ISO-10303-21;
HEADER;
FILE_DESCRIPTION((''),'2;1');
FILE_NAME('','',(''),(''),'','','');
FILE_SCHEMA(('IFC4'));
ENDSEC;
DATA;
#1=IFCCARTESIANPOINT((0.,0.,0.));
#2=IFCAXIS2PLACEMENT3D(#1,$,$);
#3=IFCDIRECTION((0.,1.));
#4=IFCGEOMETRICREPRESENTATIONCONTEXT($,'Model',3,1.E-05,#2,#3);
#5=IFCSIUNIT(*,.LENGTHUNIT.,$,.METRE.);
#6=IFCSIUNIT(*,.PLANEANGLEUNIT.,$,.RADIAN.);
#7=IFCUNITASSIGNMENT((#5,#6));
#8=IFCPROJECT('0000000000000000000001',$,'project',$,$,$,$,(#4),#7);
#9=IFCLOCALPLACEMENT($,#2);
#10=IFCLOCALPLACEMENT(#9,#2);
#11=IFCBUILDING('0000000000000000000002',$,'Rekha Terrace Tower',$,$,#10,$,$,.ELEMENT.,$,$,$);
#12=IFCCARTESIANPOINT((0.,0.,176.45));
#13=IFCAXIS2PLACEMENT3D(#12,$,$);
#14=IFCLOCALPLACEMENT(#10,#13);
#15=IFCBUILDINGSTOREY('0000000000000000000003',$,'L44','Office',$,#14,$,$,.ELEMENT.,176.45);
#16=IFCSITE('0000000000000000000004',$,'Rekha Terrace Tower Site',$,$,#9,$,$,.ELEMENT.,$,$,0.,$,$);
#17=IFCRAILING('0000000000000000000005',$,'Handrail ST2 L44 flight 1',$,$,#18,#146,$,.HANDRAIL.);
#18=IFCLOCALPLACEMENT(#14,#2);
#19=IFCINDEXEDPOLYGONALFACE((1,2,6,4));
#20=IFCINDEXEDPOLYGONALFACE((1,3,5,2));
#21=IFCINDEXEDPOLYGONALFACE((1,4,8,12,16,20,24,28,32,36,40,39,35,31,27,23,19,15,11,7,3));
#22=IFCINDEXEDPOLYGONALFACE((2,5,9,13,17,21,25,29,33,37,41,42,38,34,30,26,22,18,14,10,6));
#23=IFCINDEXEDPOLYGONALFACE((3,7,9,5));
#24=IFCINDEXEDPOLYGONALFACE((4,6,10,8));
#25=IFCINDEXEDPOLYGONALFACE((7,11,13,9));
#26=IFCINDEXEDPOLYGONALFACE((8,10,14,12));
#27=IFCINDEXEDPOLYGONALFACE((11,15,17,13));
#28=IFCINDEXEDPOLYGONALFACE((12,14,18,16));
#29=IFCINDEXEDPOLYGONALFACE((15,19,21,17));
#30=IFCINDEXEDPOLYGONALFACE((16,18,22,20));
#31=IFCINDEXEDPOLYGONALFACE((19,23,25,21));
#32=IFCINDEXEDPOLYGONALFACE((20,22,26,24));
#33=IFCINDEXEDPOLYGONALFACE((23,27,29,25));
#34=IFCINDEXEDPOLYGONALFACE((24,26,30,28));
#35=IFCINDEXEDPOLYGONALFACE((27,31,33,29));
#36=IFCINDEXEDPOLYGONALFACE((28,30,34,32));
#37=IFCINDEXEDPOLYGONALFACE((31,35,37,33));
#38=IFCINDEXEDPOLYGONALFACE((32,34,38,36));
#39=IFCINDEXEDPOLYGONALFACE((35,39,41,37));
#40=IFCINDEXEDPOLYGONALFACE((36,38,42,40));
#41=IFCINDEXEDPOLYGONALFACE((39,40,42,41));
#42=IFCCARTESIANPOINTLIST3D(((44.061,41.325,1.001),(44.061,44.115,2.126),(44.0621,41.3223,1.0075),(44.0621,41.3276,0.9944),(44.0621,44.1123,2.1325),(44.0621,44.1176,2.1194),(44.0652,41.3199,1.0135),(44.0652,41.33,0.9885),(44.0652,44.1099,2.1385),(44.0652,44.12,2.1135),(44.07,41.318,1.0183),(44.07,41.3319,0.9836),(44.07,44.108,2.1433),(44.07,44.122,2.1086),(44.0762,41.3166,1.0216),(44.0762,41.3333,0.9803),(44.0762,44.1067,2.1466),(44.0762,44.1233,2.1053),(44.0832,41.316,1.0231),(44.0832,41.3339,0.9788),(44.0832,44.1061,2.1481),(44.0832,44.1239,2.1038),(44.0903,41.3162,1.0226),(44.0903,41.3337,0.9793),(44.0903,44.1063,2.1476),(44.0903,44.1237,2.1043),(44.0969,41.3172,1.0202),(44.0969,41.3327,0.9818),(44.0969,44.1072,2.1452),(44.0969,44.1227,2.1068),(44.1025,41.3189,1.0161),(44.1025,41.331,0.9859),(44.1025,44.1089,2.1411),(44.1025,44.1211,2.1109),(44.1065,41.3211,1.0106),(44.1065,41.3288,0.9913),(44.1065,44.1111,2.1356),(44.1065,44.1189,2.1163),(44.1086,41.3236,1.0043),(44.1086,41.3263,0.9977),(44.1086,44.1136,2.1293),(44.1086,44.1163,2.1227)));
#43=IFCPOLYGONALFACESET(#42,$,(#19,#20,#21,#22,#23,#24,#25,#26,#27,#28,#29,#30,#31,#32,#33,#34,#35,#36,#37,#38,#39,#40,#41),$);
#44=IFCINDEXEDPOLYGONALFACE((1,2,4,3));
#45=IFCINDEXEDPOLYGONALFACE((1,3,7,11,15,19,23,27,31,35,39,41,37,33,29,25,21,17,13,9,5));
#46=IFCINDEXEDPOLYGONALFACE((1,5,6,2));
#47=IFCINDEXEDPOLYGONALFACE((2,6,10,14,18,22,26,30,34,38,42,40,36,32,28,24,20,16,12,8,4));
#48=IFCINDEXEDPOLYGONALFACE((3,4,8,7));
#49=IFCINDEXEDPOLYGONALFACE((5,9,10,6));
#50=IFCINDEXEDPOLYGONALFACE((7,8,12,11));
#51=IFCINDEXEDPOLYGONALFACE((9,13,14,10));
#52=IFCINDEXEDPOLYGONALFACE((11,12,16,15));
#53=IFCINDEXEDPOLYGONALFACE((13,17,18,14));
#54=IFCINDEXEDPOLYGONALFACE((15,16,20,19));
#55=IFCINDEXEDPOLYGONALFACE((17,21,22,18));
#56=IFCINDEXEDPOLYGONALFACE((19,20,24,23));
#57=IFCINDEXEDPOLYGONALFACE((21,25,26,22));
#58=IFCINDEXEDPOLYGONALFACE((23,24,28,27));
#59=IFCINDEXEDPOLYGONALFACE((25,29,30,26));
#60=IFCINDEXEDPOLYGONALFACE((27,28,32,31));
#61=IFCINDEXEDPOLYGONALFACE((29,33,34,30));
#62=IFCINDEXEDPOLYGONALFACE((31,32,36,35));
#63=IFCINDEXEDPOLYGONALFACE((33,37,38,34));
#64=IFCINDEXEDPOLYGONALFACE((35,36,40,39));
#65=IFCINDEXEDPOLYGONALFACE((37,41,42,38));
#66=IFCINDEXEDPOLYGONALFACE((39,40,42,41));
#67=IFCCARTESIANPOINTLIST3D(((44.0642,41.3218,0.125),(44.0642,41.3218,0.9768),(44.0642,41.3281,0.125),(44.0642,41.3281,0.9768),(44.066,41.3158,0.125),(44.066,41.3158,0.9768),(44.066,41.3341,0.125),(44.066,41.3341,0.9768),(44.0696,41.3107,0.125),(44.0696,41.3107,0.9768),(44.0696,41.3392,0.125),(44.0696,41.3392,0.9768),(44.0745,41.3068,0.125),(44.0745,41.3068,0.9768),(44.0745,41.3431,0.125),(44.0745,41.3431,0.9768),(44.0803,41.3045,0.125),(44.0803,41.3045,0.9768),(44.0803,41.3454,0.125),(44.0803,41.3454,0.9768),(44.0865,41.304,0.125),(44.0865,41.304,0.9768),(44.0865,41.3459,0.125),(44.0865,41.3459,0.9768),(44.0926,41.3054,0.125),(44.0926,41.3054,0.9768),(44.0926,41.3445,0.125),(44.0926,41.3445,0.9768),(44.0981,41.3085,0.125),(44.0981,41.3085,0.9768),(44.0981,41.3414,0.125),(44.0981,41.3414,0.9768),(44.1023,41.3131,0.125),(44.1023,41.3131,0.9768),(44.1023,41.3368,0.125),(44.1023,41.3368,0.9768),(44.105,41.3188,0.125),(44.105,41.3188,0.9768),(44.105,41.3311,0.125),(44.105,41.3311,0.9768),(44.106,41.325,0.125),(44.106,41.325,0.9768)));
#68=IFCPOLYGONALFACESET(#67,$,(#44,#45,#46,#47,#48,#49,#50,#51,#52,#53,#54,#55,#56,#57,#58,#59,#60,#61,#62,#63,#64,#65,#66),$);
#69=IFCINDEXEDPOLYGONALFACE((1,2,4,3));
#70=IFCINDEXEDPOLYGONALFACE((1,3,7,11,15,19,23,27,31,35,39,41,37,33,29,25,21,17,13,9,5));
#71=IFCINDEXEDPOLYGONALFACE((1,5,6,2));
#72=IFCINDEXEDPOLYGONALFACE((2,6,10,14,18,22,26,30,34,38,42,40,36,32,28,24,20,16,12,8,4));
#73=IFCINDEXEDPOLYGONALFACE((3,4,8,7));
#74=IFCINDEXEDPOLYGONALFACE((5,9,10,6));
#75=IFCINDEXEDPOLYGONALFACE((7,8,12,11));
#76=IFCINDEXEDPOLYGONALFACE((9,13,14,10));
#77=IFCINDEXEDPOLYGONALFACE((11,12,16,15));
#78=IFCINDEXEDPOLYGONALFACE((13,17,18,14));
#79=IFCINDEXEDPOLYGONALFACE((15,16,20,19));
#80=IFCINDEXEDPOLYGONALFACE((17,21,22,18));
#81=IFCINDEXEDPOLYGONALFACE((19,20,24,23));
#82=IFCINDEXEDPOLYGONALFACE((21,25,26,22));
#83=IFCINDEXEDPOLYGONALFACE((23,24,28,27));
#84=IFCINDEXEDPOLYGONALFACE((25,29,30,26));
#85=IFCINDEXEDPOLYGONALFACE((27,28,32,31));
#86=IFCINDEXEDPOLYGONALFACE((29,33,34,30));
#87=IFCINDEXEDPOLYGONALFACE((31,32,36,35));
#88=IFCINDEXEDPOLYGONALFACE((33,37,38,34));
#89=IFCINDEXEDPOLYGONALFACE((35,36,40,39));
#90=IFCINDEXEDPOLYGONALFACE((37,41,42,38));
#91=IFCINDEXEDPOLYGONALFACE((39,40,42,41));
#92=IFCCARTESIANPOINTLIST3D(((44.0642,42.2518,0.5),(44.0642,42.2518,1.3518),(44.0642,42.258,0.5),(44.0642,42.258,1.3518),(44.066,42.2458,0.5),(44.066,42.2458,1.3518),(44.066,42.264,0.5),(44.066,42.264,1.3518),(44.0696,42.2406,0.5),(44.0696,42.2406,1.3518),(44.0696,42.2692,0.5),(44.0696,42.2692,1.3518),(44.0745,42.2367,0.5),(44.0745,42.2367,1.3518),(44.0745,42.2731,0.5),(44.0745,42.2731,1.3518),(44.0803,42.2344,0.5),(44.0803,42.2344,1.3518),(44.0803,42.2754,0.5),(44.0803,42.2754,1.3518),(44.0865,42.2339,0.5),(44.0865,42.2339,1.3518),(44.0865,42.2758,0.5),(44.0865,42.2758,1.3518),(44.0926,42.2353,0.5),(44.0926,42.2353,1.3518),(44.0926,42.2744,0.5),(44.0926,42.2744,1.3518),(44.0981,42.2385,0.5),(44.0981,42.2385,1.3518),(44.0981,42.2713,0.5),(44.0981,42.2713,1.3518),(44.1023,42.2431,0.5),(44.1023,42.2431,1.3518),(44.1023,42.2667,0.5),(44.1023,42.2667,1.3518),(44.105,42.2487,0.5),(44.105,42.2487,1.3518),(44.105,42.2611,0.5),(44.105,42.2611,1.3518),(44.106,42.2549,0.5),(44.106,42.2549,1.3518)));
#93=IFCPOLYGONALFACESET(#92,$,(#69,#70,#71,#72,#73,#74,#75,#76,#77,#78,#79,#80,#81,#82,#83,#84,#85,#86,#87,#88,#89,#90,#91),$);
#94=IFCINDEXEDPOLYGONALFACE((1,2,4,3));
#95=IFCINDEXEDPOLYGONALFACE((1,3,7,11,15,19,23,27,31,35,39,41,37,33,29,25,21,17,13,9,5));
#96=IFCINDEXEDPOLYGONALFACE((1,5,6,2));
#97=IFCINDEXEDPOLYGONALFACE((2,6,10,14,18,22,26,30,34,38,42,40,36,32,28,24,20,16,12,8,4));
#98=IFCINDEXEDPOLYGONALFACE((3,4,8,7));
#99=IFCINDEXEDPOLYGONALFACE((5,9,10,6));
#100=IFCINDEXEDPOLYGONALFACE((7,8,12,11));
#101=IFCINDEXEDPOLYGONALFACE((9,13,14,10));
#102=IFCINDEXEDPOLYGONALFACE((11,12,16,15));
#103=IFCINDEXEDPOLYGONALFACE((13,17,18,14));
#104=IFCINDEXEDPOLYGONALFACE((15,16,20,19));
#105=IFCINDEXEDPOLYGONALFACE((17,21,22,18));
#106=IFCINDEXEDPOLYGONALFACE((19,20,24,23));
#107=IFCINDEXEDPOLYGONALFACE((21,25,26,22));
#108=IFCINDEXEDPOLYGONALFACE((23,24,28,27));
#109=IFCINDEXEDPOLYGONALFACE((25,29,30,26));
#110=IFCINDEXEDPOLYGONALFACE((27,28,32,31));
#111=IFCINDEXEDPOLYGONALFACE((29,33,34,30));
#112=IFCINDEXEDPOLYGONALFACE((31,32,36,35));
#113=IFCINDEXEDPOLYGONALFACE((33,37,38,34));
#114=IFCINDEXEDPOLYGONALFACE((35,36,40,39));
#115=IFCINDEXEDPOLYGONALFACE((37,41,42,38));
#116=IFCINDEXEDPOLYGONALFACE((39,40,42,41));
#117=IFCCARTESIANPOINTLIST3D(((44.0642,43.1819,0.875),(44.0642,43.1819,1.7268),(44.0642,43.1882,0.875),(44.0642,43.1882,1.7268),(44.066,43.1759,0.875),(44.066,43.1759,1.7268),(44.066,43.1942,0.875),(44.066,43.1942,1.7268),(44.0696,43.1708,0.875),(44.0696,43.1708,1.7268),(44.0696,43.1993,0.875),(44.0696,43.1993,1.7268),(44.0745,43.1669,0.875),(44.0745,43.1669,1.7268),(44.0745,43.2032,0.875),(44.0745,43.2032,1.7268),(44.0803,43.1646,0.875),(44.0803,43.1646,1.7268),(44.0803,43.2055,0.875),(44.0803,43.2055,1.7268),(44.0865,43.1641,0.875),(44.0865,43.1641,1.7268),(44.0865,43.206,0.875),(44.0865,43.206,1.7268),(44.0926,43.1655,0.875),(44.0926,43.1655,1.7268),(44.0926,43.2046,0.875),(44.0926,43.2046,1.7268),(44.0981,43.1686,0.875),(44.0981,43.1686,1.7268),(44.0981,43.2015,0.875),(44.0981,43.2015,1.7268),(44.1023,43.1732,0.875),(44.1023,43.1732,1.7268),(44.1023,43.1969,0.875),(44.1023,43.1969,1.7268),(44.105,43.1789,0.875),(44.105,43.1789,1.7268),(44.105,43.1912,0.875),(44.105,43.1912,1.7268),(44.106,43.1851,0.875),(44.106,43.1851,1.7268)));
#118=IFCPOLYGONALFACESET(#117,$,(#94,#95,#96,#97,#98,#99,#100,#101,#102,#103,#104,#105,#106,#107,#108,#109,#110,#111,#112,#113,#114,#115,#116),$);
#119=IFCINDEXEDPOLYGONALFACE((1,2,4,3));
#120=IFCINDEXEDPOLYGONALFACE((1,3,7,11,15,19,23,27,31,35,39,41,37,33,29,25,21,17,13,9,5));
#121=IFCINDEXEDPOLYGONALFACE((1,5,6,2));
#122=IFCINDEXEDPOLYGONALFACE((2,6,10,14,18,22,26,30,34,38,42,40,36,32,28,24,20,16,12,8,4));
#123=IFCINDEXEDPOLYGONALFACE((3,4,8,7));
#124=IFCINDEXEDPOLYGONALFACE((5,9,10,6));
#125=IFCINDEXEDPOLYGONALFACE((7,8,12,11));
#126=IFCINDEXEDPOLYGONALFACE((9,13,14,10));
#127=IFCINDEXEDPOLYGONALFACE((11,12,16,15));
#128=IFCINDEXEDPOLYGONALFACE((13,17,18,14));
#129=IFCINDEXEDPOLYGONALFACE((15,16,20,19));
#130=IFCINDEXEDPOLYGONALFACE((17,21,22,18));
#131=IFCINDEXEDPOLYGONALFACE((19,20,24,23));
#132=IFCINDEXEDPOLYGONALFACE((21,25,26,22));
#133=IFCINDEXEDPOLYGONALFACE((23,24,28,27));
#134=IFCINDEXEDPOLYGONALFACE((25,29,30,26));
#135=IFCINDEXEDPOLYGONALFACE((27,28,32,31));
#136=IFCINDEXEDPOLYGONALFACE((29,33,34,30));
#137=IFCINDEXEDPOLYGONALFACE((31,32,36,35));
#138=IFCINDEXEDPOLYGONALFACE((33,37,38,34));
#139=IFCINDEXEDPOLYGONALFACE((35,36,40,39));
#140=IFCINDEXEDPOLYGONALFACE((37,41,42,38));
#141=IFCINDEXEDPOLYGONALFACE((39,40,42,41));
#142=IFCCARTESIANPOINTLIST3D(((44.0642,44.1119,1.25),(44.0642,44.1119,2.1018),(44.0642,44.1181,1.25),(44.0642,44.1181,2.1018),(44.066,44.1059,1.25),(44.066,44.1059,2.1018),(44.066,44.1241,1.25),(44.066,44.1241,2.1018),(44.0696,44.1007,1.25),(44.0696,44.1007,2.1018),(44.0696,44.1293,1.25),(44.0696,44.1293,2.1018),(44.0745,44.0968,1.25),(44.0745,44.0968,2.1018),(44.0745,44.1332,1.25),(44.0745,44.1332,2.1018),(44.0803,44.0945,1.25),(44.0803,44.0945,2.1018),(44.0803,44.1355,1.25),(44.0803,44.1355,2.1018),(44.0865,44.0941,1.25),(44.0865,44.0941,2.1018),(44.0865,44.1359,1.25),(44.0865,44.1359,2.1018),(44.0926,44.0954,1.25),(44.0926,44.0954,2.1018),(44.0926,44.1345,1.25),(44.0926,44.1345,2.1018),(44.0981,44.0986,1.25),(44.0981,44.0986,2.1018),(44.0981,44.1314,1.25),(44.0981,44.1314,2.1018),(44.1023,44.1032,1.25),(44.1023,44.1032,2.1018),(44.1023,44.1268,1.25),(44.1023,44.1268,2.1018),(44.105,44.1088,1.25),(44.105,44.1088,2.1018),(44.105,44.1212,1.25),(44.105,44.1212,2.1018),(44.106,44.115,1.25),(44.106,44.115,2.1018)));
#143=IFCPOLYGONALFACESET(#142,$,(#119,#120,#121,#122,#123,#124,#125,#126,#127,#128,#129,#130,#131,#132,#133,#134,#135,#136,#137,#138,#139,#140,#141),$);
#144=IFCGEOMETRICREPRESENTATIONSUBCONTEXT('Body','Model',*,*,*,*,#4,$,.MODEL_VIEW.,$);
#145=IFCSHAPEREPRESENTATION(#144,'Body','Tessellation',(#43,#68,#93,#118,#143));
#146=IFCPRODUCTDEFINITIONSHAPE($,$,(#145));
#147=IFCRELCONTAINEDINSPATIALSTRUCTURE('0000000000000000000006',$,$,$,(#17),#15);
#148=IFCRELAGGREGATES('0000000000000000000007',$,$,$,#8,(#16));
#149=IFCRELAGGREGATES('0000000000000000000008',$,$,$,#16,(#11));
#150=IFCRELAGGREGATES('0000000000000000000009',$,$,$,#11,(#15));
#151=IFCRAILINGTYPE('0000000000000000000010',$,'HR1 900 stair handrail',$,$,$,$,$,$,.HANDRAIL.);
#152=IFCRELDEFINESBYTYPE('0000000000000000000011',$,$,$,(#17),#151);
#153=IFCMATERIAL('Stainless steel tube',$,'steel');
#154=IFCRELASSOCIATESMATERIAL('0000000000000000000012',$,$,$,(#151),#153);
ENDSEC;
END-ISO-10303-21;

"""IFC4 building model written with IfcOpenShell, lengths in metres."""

from ifc_helpers import new_model, si_unit, direction, frame, origin, origin_2d, place, context, subcontext, project, spatial, circle, extrude, material, type_object, element, save


model = new_model("IFC4")

# Units and contexts
model_context = context("Model", 3, precision=1e-05, world=origin(), true_north=direction((0.0, 1.0)))
body_context = subcontext(model_context, "Body", "Model", "MODEL_VIEW")
ifc_project = project(units=[si_unit("LENGTHUNIT", "METRE"), si_unit("PLANEANGLEUNIT", "RADIAN")], contexts=[model_context])

# Site, building, storey
site_placement = place(None, origin())
site = spatial("IfcSite", under=ifc_project, at=site_placement, Name="Rekha Terrace Tower Site", CompositionType="ELEMENT", RefElevation=0.0)
building_placement = place(site_placement, origin())
building = spatial("IfcBuilding", under=site, at=building_placement, Name="Rekha Terrace Tower", CompositionType="ELEMENT")
storey_placement = place(building_placement, frame((0.0, 0.0, 176.45)))
storey = spatial("IfcBuildingStorey", under=building, at=storey_placement, Name="L44", Description="Office", CompositionType="ELEMENT", Elevation=176.45)

# Railing
ifc_material_1 = material(Name="Stainless steel tube", Category="steel")
railing_type_1 = type_object("IfcRailingType", Name="HR1 900 stair handrail", PredefinedType="HANDRAIL", material=ifc_material_1)
railing_1_placement = place(storey_placement, frame((44.085, 41.325, 0.125)))
element("IfcRailing", 1, at=railing_1_placement, inside=storey, type_object=railing_type_1, Name="Handrail ST2 L44 flight 1", PredefinedType="HANDRAIL", context=body_context, shape_type="SweptSolid", body=[
    extrude(circle(Radius=0.0239, at=origin_2d()), frame((0.0, 0.0, 0.876), z_axis=(0.0, 0.927443, 0.373964), x_axis=(-1.0, 0.0, 0.0)), (0.0, 0.0, 1.0), 3.0083),
    extrude(circle(Radius=0.021, at=origin_2d()), origin(), (0.0, 0.0, 1.0), 0.8518),
    extrude(circle(Radius=0.021, at=origin_2d()), frame((0.0, 0.9299, 0.375)), (0.0, 0.0, 1.0), 0.8518),
    extrude(circle(Radius=0.021, at=origin_2d()), frame((0.0, 1.8601, 0.75)), (0.0, 0.0, 1.0), 0.8518),
    extrude(circle(Radius=0.021, at=origin_2d()), frame((0.0, 2.79, 1.125)), (0.0, 0.0, 1.0), 0.8518),
])

save(model, "model.ifc")
